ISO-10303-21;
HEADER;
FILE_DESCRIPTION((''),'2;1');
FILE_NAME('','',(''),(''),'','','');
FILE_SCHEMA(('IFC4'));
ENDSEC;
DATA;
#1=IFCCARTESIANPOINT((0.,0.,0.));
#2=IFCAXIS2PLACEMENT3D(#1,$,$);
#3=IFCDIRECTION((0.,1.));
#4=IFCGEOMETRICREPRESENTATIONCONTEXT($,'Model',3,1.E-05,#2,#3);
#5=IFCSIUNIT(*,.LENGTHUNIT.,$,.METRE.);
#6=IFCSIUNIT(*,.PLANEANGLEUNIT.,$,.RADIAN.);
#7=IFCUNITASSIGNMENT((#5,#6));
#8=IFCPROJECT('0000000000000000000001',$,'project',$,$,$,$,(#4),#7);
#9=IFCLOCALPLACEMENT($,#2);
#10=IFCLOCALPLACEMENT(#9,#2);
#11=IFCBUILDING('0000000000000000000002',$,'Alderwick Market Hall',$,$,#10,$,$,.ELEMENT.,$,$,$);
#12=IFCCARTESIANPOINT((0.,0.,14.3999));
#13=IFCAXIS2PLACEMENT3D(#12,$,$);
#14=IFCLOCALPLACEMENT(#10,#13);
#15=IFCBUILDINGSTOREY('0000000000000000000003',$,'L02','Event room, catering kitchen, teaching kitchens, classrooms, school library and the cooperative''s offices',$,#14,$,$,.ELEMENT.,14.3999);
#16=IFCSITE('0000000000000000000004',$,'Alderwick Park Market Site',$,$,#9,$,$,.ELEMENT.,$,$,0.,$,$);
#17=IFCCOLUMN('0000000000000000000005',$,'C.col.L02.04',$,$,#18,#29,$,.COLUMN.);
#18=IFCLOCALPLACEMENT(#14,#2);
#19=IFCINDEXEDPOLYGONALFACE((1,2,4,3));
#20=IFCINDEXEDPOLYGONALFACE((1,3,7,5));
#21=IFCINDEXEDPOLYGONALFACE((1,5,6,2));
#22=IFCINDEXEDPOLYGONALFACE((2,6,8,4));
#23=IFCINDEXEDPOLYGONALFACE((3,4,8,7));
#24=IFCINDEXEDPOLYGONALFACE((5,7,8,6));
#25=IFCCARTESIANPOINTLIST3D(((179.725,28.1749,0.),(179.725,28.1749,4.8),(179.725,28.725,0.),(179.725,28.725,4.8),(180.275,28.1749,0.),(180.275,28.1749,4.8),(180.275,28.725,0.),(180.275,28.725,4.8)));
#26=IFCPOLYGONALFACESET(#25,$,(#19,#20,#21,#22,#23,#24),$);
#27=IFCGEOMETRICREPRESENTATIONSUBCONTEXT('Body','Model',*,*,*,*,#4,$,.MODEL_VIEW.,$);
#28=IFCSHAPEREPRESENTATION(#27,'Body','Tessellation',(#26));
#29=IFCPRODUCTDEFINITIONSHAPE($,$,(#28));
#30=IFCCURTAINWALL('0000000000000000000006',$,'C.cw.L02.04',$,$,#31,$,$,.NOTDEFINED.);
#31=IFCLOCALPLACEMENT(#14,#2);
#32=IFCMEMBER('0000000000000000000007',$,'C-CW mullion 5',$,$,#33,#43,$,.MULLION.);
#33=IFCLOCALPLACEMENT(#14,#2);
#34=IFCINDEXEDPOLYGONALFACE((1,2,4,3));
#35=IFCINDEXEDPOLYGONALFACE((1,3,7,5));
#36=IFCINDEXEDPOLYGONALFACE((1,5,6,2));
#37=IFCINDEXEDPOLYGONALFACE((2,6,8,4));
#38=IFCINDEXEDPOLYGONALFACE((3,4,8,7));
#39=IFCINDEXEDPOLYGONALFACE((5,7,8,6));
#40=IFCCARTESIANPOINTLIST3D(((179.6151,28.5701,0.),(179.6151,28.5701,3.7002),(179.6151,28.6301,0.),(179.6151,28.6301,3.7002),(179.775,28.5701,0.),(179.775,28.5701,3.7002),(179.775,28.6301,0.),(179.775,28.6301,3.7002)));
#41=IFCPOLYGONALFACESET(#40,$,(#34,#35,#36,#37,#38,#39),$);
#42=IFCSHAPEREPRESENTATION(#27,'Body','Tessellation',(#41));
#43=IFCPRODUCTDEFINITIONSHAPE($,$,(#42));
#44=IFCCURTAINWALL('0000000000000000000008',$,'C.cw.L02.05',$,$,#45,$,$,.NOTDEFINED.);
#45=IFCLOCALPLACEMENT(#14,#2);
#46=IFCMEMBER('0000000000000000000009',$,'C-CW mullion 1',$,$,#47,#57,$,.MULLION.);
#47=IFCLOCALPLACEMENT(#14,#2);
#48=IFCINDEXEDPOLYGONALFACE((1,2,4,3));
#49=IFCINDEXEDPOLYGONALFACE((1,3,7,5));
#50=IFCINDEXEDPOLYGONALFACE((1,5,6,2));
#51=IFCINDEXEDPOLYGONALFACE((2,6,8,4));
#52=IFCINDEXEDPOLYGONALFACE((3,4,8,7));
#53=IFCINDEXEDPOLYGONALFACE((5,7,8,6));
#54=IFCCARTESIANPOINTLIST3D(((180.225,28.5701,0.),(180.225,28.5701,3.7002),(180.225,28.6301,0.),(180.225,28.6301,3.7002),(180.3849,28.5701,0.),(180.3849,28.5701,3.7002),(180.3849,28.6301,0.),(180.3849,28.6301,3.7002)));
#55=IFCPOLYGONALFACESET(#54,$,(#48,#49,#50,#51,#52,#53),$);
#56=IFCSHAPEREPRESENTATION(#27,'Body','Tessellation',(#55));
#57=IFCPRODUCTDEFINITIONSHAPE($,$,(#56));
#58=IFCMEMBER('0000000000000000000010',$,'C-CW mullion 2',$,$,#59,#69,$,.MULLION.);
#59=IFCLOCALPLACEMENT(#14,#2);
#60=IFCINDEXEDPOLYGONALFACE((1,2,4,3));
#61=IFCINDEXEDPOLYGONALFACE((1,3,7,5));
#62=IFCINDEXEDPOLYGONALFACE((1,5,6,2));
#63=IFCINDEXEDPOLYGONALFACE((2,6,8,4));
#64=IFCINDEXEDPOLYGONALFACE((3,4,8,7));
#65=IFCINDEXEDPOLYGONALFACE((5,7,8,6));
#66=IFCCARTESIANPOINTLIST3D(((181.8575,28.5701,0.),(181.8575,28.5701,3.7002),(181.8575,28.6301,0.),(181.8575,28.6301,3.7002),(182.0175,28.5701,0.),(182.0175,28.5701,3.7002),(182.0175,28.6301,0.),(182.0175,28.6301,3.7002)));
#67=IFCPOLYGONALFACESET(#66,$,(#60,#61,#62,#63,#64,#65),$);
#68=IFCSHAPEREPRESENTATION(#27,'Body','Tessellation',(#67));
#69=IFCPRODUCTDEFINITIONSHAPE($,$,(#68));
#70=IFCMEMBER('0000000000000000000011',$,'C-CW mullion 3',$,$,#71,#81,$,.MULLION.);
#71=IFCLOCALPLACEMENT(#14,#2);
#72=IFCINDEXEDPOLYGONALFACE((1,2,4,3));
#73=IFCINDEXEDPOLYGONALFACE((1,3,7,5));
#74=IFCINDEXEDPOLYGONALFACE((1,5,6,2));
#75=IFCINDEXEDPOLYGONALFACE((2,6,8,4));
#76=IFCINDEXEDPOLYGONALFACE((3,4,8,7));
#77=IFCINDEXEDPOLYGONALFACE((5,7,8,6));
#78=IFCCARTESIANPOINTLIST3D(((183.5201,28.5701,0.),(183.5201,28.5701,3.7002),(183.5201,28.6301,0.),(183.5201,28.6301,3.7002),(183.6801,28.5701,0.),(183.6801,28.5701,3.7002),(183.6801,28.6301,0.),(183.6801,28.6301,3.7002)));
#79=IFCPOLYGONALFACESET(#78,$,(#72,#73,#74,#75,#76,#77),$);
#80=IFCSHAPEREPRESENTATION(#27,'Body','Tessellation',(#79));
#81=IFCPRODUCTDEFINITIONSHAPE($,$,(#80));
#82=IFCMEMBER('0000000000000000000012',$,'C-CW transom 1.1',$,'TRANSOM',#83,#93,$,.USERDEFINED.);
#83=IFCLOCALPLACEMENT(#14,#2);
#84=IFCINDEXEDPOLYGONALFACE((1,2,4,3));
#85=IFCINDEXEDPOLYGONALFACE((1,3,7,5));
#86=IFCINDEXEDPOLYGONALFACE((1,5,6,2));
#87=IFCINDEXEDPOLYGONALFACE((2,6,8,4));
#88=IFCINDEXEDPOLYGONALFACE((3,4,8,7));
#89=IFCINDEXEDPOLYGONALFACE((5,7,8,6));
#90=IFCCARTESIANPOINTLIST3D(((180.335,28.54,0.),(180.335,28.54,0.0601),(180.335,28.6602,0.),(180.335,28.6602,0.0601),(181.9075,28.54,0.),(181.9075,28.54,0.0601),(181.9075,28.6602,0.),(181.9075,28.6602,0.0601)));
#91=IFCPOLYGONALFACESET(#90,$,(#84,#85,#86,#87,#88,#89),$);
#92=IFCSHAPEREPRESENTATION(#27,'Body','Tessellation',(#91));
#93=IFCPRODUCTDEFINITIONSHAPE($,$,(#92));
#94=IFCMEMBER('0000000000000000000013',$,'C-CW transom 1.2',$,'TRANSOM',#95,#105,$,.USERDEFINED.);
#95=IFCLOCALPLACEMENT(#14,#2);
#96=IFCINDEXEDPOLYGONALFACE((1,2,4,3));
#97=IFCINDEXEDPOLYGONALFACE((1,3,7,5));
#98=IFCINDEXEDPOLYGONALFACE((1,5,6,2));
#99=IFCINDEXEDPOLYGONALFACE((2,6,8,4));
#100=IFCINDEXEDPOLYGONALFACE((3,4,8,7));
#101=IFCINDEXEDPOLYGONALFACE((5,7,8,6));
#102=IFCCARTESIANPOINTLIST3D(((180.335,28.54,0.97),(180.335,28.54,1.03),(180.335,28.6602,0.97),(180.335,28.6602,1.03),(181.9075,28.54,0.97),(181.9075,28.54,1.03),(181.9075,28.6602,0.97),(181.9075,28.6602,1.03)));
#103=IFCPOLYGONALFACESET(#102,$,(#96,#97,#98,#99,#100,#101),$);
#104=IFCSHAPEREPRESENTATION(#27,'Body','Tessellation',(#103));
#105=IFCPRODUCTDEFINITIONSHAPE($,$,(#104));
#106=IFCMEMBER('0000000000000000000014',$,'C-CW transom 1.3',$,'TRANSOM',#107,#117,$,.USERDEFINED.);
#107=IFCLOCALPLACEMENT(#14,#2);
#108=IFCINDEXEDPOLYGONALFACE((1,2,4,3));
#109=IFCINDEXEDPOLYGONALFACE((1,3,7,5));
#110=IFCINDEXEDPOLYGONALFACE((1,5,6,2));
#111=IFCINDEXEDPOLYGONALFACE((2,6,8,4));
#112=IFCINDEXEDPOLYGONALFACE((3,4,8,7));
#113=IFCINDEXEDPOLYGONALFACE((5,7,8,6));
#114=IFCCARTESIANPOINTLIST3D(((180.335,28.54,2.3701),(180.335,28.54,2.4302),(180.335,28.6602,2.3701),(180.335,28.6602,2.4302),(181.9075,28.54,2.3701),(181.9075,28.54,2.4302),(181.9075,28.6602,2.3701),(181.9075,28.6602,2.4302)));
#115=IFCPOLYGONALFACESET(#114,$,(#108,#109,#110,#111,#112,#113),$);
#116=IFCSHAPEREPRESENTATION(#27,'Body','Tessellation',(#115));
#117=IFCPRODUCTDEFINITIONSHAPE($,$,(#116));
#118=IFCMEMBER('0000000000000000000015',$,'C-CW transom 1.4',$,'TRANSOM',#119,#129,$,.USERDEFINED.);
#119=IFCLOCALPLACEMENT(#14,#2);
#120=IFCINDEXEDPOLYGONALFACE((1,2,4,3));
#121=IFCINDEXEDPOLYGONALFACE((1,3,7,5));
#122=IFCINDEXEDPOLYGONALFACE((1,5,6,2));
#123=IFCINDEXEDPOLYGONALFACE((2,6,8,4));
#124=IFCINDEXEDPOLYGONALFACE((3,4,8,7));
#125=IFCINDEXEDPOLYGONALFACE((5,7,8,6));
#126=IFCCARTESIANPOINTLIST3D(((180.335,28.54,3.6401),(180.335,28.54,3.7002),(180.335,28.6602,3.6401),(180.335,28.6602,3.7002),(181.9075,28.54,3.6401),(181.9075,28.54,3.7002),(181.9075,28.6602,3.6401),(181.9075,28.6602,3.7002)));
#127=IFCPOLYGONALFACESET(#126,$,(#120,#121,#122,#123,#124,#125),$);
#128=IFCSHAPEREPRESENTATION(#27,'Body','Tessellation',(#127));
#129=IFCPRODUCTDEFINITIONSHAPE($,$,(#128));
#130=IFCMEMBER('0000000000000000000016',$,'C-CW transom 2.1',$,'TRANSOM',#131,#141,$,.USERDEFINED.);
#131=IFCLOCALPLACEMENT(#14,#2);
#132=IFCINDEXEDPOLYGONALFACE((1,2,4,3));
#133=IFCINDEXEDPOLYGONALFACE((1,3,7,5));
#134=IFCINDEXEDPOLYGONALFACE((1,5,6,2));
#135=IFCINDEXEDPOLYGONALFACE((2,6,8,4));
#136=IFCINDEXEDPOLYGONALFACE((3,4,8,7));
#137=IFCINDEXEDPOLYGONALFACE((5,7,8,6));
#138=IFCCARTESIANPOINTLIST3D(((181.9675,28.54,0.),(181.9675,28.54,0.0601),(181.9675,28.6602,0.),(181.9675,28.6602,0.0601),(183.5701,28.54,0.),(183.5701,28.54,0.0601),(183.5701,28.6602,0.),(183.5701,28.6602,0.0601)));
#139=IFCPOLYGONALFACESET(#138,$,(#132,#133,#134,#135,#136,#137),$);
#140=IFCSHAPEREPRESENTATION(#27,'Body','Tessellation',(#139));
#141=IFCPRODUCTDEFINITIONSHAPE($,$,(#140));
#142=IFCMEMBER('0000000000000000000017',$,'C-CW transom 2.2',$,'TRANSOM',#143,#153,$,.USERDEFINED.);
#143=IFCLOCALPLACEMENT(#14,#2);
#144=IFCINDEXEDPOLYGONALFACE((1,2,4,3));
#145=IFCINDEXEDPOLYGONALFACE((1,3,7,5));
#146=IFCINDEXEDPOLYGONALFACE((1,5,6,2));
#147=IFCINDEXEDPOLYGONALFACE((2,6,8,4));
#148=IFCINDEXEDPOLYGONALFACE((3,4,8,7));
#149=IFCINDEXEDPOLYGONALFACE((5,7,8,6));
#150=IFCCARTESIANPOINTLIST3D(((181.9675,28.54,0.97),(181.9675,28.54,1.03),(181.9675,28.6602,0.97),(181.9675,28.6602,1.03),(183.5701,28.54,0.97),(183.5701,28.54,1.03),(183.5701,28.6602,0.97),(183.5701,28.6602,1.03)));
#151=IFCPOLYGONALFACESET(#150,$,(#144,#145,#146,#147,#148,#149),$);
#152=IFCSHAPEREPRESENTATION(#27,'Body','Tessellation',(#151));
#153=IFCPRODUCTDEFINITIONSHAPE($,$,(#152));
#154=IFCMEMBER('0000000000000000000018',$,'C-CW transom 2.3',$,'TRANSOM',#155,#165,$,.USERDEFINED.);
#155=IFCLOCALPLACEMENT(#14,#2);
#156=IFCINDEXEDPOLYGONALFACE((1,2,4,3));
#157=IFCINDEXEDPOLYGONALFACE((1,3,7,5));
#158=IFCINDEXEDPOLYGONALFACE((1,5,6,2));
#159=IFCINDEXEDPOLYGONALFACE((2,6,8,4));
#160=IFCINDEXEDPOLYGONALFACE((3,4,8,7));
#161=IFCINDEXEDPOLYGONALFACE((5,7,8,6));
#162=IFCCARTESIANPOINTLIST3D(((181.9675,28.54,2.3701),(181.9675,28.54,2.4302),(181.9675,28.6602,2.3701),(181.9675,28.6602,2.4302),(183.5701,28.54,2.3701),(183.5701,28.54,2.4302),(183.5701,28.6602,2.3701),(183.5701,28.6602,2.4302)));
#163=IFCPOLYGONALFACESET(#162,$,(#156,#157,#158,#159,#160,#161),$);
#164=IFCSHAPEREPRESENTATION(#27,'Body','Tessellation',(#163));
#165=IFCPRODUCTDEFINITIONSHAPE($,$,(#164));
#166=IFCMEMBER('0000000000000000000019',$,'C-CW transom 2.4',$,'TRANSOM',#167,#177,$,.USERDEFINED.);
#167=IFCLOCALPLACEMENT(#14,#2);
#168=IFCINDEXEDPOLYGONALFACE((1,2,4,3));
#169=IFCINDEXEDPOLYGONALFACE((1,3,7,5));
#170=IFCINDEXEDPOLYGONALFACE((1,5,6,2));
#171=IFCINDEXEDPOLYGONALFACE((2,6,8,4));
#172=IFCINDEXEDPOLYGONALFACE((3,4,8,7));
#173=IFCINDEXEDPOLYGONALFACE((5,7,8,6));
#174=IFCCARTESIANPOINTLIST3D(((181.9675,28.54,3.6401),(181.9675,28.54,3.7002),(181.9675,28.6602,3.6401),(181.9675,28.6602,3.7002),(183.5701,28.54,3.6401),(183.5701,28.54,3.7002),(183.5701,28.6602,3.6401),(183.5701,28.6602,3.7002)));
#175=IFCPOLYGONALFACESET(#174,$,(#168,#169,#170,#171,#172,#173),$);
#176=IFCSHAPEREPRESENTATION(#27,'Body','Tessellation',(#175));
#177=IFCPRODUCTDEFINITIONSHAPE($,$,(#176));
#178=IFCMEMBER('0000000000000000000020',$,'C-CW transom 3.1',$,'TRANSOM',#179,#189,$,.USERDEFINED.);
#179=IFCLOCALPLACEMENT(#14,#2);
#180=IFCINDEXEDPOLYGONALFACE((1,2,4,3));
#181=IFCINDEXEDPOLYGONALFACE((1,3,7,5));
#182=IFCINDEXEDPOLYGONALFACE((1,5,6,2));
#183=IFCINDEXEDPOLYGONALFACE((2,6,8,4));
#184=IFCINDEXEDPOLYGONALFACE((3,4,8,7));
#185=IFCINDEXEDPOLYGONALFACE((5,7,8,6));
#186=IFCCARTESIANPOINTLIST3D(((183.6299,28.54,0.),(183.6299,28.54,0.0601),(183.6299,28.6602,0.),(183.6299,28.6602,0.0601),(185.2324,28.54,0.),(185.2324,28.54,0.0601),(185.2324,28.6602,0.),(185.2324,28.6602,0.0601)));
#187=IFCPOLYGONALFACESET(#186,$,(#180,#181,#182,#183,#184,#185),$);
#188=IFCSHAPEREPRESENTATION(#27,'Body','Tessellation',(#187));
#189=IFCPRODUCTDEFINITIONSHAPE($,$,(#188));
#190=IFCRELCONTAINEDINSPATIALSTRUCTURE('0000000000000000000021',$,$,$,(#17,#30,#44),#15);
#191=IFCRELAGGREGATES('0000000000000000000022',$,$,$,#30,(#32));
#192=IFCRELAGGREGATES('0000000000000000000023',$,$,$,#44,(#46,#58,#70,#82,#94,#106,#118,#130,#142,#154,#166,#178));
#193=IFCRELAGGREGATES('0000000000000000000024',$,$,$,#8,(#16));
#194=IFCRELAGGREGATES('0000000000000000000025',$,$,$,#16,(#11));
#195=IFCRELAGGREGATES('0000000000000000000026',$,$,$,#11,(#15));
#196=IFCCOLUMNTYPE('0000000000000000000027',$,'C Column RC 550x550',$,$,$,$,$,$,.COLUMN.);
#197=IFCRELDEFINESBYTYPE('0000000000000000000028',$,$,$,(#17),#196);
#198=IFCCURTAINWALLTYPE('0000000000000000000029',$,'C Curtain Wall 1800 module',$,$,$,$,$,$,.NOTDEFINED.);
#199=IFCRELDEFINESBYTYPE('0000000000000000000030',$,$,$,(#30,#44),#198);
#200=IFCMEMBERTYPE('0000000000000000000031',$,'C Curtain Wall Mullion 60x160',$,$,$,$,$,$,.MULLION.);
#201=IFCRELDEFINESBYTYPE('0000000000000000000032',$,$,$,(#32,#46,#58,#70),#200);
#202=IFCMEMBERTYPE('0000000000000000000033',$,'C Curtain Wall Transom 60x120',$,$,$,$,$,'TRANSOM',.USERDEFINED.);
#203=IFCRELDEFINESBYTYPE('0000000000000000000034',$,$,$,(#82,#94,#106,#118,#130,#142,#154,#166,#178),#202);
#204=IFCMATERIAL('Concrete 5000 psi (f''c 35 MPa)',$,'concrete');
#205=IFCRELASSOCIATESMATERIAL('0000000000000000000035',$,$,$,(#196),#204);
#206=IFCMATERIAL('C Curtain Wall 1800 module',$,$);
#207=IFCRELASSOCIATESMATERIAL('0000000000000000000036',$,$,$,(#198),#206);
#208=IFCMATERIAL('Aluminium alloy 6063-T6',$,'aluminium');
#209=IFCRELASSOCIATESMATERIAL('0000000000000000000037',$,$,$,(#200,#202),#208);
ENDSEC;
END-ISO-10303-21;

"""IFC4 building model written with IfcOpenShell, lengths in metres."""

from ifc_helpers import new_model, si_unit, direction, frame, origin, origin_2d, place, context, subcontext, project, spatial, rectangle, extrude, material, material_profile, profile_set, type_object, element, aggregate, save


model = new_model("IFC4")

# Units and contexts
model_context = context("Model", 3, precision=1e-05, world=origin(), true_north=direction((0.0, 1.0)))
body_context = subcontext(model_context, "Body", "Model", "MODEL_VIEW")
ifc_project = project(units=[si_unit("LENGTHUNIT", "METRE"), si_unit("PLANEANGLEUNIT", "RADIAN")], contexts=[model_context])

# Site, building, storey
site_placement = place(None, origin())
site = spatial("IfcSite", under=ifc_project, at=site_placement, Name="Alderwick Park Market Site", CompositionType="ELEMENT", RefElevation=0.0)
building_placement = place(site_placement, origin())
building = spatial("IfcBuilding", under=site, at=building_placement, Name="Alderwick Market Hall", CompositionType="ELEMENT")
storey_placement = place(building_placement, frame((0.0, 0.0, 14.3999)))
storey = spatial("IfcBuildingStorey", under=building, at=storey_placement, Name="L02", Description="Event room, catering kitchen, teaching kitchens, classrooms, school library and the cooperative's offices", CompositionType="ELEMENT", Elevation=14.3999)

# Column
ifc_material_1 = material(Name="Concrete 5000 psi (f'c 35 MPa)", Category="concrete")
ifc_material_profile_1 = material_profile(ifc_material_1, rectangle(XDim=0.55, YDim=0.55, at=origin_2d()), Name="RC 550x550")
ifc_profile_set_1 = profile_set([ifc_material_profile_1], Name="Concrete 5000 psi (f'c 35 MPa)")
column_type = type_object("IfcColumnType", Name="C Column RC 550x550", PredefinedType="COLUMN", material=ifc_profile_set_1)
column_placement = place(storey_placement, frame((180.0, 28.45, 0.0), z_axis=(0.0, 0.0, 1.0), x_axis=(1.0, 0.0, 0.0)))
element("IfcColumn", 1, at=column_placement, inside=storey, type_object=column_type, Name="C.col.L02.04", PredefinedType="COLUMN", context=body_context, shape_type="SweptSolid", body=[
    extrude(rectangle(XDim=0.55, YDim=0.55, at=origin_2d()), origin(), (0.0, 0.0, 1.0), 4.8),
])

# Curtain wall, member
ifc_material_2 = material(Name="C Curtain Wall 1800 module")
curtain_wall_type = type_object("IfcCurtainWallType", Name="C Curtain Wall 1800 module", PredefinedType="NOTDEFINED", material=ifc_material_2)
curtain_wall_1_placement = place(storey_placement, origin())
curtain_wall_1 = element("IfcCurtainWall", 2, at=curtain_wall_1_placement, inside=storey, type_object=curtain_wall_type, Name="C.cw.L02.04", PredefinedType="NOTDEFINED")
ifc_material_3 = material(Name="Aluminium alloy 6063-T6", Category="aluminium")
ifc_material_profile_2 = material_profile(ifc_material_3, rectangle(XDim=0.0601, YDim=0.1599, at=origin_2d()), Name="AL 60x160")
ifc_profile_set_2 = profile_set([ifc_material_profile_2], Name="Aluminium alloy 6063-T6")
member_type_1 = type_object("IfcMemberType", Name="C Curtain Wall Mullion 60x160", PredefinedType="MULLION", material=ifc_profile_set_2)
member_1_placement = place(storey_placement, frame((179.6951, 28.6001, 0.0), z_axis=(0.0, 0.0, 1.0), x_axis=(0.0, 1.0, 0.0)))
member_1 = element("IfcMember", 3, at=member_1_placement, type_object=member_type_1, Name="C-CW mullion 5", PredefinedType="MULLION", context=body_context, shape_type="SweptSolid", body=[
    extrude(rectangle(XDim=0.0601, YDim=0.1599, at=origin_2d()), origin(), (0.0, 0.0, 1.0), 3.7002),
])
aggregate(curtain_wall_1, [member_1])

# Curtain wall, members
curtain_wall_2_placement = place(storey_placement, origin())
curtain_wall_2 = element("IfcCurtainWall", 4, at=curtain_wall_2_placement, inside=storey, type_object=curtain_wall_type, Name="C.cw.L02.05", PredefinedType="NOTDEFINED")
member_2_placement = place(storey_placement, frame((180.3049, 28.6001, 0.0), z_axis=(0.0, 0.0, 1.0), x_axis=(0.0, 1.0, 0.0)))
member_2 = element("IfcMember", 5, at=member_2_placement, type_object=member_type_1, Name="C-CW mullion 1", PredefinedType="MULLION", context=body_context, shape_type="SweptSolid", body=[
    extrude(rectangle(XDim=0.0601, YDim=0.1599, at=origin_2d()), origin(), (0.0, 0.0, 1.0), 3.7002),
])
member_3_placement = place(storey_placement, frame((181.9375, 28.6001, 0.0), z_axis=(0.0, 0.0, 1.0), x_axis=(0.0, 1.0, 0.0)))
member_3 = element("IfcMember", 6, at=member_3_placement, type_object=member_type_1, Name="C-CW mullion 2", PredefinedType="MULLION", context=body_context, shape_type="SweptSolid", body=[
    extrude(rectangle(XDim=0.0601, YDim=0.1599, at=origin_2d()), origin(), (0.0, 0.0, 1.0), 3.7002),
])
member_4_placement = place(storey_placement, frame((183.6001, 28.6001, 0.0), z_axis=(0.0, 0.0, 1.0), x_axis=(0.0, 1.0, 0.0)))
member_4 = element("IfcMember", 7, at=member_4_placement, type_object=member_type_1, Name="C-CW mullion 3", PredefinedType="MULLION", context=body_context, shape_type="SweptSolid", body=[
    extrude(rectangle(XDim=0.0601, YDim=0.1599, at=origin_2d()), origin(), (0.0, 0.0, 1.0), 3.7002),
])
ifc_material_profile_3 = material_profile(ifc_material_3, rectangle(XDim=0.1201, YDim=0.0601, at=origin_2d()), Name="AL 60x120")
ifc_profile_set_3 = profile_set([ifc_material_profile_3], Name="Aluminium alloy 6063-T6")
member_type_2 = type_object("IfcMemberType", Name="C Curtain Wall Transom 60x120", ElementType="TRANSOM", PredefinedType="USERDEFINED", material=ifc_profile_set_3)
member_5_placement = place(storey_placement, frame((180.335, 28.6001, 0.03), z_axis=(1.0, 0.0, 0.0), x_axis=(0.0, 1.0, 0.0)))
member_5 = element("IfcMember", 8, at=member_5_placement, type_object=member_type_2, Name="C-CW transom 1.1", ObjectType="TRANSOM", PredefinedType="USERDEFINED", context=body_context, shape_type="SweptSolid", body=[
    extrude(rectangle(XDim=0.1201, YDim=0.0601, at=origin_2d()), origin(), (0.0, 0.0, 1.0), 1.5725),
])
member_6_placement = place(storey_placement, frame((180.335, 28.6001, 1.0), z_axis=(1.0, 0.0, 0.0), x_axis=(0.0, 1.0, 0.0)))
member_6 = element("IfcMember", 9, at=member_6_placement, type_object=member_type_2, Name="C-CW transom 1.2", ObjectType="TRANSOM", PredefinedType="USERDEFINED", context=body_context, shape_type="SweptSolid", body=[
    extrude(rectangle(XDim=0.1201, YDim=0.0601, at=origin_2d()), origin(), (0.0, 0.0, 1.0), 1.5725),
])
member_7_placement = place(storey_placement, frame((180.335, 28.6001, 2.4001), z_axis=(1.0, 0.0, 0.0), x_axis=(0.0, 1.0, 0.0)))
member_7 = element("IfcMember", 10, at=member_7_placement, type_object=member_type_2, Name="C-CW transom 1.3", ObjectType="TRANSOM", PredefinedType="USERDEFINED", context=body_context, shape_type="SweptSolid", body=[
    extrude(rectangle(XDim=0.1201, YDim=0.0601, at=origin_2d()), origin(), (0.0, 0.0, 1.0), 1.5725),
])
member_8_placement = place(storey_placement, frame((180.335, 28.6001, 3.6702), z_axis=(1.0, 0.0, 0.0), x_axis=(0.0, 1.0, 0.0)))
member_8 = element("IfcMember", 11, at=member_8_placement, type_object=member_type_2, Name="C-CW transom 1.4", ObjectType="TRANSOM", PredefinedType="USERDEFINED", context=body_context, shape_type="SweptSolid", body=[
    extrude(rectangle(XDim=0.1201, YDim=0.0601, at=origin_2d()), origin(), (0.0, 0.0, 1.0), 1.5725),
])
member_9_placement = place(storey_placement, frame((181.9675, 28.6001, 0.03), z_axis=(1.0, 0.0, 0.0), x_axis=(0.0, 1.0, 0.0)))
member_9 = element("IfcMember", 12, at=member_9_placement, type_object=member_type_2, Name="C-CW transom 2.1", ObjectType="TRANSOM", PredefinedType="USERDEFINED", context=body_context, shape_type="SweptSolid", body=[
    extrude(rectangle(XDim=0.1201, YDim=0.0601, at=origin_2d()), origin(), (0.0, 0.0, 1.0), 1.6025),
])
member_10_placement = place(storey_placement, frame((181.9675, 28.6001, 1.0), z_axis=(1.0, 0.0, 0.0), x_axis=(0.0, 1.0, 0.0)))
member_10 = element("IfcMember", 13, at=member_10_placement, type_object=member_type_2, Name="C-CW transom 2.2", ObjectType="TRANSOM", PredefinedType="USERDEFINED", context=body_context, shape_type="SweptSolid", body=[
    extrude(rectangle(XDim=0.1201, YDim=0.0601, at=origin_2d()), origin(), (0.0, 0.0, 1.0), 1.6025),
])
member_11_placement = place(storey_placement, frame((181.9675, 28.6001, 2.4001), z_axis=(1.0, 0.0, 0.0), x_axis=(0.0, 1.0, 0.0)))
member_11 = element("IfcMember", 14, at=member_11_placement, type_object=member_type_2, Name="C-CW transom 2.3", ObjectType="TRANSOM", PredefinedType="USERDEFINED", context=body_context, shape_type="SweptSolid", body=[
    extrude(rectangle(XDim=0.1201, YDim=0.0601, at=origin_2d()), origin(), (0.0, 0.0, 1.0), 1.6025),
])
member_12_placement = place(storey_placement, frame((181.9675, 28.6001, 3.6702), z_axis=(1.0, 0.0, 0.0), x_axis=(0.0, 1.0, 0.0)))
member_12 = element("IfcMember", 15, at=member_12_placement, type_object=member_type_2, Name="C-CW transom 2.4", ObjectType="TRANSOM", PredefinedType="USERDEFINED", context=body_context, shape_type="SweptSolid", body=[
    extrude(rectangle(XDim=0.1201, YDim=0.0601, at=origin_2d()), origin(), (0.0, 0.0, 1.0), 1.6025),
])
member_13_placement = place(storey_placement, frame((183.6299, 28.6001, 0.03), z_axis=(1.0, 0.0, 0.0), x_axis=(0.0, 1.0, 0.0)))
member_13 = element("IfcMember", 16, at=member_13_placement, type_object=member_type_2, Name="C-CW transom 3.1", ObjectType="TRANSOM", PredefinedType="USERDEFINED", context=body_context, shape_type="SweptSolid", body=[
    extrude(rectangle(XDim=0.1201, YDim=0.0601, at=origin_2d()), origin(), (0.0, 0.0, 1.0), 1.6025),
])

aggregate(curtain_wall_2, [member_2, member_3, member_4, member_5, member_6, member_7, member_8, member_9, member_10, member_11, member_12, member_13])

save(model, "model.ifc")
